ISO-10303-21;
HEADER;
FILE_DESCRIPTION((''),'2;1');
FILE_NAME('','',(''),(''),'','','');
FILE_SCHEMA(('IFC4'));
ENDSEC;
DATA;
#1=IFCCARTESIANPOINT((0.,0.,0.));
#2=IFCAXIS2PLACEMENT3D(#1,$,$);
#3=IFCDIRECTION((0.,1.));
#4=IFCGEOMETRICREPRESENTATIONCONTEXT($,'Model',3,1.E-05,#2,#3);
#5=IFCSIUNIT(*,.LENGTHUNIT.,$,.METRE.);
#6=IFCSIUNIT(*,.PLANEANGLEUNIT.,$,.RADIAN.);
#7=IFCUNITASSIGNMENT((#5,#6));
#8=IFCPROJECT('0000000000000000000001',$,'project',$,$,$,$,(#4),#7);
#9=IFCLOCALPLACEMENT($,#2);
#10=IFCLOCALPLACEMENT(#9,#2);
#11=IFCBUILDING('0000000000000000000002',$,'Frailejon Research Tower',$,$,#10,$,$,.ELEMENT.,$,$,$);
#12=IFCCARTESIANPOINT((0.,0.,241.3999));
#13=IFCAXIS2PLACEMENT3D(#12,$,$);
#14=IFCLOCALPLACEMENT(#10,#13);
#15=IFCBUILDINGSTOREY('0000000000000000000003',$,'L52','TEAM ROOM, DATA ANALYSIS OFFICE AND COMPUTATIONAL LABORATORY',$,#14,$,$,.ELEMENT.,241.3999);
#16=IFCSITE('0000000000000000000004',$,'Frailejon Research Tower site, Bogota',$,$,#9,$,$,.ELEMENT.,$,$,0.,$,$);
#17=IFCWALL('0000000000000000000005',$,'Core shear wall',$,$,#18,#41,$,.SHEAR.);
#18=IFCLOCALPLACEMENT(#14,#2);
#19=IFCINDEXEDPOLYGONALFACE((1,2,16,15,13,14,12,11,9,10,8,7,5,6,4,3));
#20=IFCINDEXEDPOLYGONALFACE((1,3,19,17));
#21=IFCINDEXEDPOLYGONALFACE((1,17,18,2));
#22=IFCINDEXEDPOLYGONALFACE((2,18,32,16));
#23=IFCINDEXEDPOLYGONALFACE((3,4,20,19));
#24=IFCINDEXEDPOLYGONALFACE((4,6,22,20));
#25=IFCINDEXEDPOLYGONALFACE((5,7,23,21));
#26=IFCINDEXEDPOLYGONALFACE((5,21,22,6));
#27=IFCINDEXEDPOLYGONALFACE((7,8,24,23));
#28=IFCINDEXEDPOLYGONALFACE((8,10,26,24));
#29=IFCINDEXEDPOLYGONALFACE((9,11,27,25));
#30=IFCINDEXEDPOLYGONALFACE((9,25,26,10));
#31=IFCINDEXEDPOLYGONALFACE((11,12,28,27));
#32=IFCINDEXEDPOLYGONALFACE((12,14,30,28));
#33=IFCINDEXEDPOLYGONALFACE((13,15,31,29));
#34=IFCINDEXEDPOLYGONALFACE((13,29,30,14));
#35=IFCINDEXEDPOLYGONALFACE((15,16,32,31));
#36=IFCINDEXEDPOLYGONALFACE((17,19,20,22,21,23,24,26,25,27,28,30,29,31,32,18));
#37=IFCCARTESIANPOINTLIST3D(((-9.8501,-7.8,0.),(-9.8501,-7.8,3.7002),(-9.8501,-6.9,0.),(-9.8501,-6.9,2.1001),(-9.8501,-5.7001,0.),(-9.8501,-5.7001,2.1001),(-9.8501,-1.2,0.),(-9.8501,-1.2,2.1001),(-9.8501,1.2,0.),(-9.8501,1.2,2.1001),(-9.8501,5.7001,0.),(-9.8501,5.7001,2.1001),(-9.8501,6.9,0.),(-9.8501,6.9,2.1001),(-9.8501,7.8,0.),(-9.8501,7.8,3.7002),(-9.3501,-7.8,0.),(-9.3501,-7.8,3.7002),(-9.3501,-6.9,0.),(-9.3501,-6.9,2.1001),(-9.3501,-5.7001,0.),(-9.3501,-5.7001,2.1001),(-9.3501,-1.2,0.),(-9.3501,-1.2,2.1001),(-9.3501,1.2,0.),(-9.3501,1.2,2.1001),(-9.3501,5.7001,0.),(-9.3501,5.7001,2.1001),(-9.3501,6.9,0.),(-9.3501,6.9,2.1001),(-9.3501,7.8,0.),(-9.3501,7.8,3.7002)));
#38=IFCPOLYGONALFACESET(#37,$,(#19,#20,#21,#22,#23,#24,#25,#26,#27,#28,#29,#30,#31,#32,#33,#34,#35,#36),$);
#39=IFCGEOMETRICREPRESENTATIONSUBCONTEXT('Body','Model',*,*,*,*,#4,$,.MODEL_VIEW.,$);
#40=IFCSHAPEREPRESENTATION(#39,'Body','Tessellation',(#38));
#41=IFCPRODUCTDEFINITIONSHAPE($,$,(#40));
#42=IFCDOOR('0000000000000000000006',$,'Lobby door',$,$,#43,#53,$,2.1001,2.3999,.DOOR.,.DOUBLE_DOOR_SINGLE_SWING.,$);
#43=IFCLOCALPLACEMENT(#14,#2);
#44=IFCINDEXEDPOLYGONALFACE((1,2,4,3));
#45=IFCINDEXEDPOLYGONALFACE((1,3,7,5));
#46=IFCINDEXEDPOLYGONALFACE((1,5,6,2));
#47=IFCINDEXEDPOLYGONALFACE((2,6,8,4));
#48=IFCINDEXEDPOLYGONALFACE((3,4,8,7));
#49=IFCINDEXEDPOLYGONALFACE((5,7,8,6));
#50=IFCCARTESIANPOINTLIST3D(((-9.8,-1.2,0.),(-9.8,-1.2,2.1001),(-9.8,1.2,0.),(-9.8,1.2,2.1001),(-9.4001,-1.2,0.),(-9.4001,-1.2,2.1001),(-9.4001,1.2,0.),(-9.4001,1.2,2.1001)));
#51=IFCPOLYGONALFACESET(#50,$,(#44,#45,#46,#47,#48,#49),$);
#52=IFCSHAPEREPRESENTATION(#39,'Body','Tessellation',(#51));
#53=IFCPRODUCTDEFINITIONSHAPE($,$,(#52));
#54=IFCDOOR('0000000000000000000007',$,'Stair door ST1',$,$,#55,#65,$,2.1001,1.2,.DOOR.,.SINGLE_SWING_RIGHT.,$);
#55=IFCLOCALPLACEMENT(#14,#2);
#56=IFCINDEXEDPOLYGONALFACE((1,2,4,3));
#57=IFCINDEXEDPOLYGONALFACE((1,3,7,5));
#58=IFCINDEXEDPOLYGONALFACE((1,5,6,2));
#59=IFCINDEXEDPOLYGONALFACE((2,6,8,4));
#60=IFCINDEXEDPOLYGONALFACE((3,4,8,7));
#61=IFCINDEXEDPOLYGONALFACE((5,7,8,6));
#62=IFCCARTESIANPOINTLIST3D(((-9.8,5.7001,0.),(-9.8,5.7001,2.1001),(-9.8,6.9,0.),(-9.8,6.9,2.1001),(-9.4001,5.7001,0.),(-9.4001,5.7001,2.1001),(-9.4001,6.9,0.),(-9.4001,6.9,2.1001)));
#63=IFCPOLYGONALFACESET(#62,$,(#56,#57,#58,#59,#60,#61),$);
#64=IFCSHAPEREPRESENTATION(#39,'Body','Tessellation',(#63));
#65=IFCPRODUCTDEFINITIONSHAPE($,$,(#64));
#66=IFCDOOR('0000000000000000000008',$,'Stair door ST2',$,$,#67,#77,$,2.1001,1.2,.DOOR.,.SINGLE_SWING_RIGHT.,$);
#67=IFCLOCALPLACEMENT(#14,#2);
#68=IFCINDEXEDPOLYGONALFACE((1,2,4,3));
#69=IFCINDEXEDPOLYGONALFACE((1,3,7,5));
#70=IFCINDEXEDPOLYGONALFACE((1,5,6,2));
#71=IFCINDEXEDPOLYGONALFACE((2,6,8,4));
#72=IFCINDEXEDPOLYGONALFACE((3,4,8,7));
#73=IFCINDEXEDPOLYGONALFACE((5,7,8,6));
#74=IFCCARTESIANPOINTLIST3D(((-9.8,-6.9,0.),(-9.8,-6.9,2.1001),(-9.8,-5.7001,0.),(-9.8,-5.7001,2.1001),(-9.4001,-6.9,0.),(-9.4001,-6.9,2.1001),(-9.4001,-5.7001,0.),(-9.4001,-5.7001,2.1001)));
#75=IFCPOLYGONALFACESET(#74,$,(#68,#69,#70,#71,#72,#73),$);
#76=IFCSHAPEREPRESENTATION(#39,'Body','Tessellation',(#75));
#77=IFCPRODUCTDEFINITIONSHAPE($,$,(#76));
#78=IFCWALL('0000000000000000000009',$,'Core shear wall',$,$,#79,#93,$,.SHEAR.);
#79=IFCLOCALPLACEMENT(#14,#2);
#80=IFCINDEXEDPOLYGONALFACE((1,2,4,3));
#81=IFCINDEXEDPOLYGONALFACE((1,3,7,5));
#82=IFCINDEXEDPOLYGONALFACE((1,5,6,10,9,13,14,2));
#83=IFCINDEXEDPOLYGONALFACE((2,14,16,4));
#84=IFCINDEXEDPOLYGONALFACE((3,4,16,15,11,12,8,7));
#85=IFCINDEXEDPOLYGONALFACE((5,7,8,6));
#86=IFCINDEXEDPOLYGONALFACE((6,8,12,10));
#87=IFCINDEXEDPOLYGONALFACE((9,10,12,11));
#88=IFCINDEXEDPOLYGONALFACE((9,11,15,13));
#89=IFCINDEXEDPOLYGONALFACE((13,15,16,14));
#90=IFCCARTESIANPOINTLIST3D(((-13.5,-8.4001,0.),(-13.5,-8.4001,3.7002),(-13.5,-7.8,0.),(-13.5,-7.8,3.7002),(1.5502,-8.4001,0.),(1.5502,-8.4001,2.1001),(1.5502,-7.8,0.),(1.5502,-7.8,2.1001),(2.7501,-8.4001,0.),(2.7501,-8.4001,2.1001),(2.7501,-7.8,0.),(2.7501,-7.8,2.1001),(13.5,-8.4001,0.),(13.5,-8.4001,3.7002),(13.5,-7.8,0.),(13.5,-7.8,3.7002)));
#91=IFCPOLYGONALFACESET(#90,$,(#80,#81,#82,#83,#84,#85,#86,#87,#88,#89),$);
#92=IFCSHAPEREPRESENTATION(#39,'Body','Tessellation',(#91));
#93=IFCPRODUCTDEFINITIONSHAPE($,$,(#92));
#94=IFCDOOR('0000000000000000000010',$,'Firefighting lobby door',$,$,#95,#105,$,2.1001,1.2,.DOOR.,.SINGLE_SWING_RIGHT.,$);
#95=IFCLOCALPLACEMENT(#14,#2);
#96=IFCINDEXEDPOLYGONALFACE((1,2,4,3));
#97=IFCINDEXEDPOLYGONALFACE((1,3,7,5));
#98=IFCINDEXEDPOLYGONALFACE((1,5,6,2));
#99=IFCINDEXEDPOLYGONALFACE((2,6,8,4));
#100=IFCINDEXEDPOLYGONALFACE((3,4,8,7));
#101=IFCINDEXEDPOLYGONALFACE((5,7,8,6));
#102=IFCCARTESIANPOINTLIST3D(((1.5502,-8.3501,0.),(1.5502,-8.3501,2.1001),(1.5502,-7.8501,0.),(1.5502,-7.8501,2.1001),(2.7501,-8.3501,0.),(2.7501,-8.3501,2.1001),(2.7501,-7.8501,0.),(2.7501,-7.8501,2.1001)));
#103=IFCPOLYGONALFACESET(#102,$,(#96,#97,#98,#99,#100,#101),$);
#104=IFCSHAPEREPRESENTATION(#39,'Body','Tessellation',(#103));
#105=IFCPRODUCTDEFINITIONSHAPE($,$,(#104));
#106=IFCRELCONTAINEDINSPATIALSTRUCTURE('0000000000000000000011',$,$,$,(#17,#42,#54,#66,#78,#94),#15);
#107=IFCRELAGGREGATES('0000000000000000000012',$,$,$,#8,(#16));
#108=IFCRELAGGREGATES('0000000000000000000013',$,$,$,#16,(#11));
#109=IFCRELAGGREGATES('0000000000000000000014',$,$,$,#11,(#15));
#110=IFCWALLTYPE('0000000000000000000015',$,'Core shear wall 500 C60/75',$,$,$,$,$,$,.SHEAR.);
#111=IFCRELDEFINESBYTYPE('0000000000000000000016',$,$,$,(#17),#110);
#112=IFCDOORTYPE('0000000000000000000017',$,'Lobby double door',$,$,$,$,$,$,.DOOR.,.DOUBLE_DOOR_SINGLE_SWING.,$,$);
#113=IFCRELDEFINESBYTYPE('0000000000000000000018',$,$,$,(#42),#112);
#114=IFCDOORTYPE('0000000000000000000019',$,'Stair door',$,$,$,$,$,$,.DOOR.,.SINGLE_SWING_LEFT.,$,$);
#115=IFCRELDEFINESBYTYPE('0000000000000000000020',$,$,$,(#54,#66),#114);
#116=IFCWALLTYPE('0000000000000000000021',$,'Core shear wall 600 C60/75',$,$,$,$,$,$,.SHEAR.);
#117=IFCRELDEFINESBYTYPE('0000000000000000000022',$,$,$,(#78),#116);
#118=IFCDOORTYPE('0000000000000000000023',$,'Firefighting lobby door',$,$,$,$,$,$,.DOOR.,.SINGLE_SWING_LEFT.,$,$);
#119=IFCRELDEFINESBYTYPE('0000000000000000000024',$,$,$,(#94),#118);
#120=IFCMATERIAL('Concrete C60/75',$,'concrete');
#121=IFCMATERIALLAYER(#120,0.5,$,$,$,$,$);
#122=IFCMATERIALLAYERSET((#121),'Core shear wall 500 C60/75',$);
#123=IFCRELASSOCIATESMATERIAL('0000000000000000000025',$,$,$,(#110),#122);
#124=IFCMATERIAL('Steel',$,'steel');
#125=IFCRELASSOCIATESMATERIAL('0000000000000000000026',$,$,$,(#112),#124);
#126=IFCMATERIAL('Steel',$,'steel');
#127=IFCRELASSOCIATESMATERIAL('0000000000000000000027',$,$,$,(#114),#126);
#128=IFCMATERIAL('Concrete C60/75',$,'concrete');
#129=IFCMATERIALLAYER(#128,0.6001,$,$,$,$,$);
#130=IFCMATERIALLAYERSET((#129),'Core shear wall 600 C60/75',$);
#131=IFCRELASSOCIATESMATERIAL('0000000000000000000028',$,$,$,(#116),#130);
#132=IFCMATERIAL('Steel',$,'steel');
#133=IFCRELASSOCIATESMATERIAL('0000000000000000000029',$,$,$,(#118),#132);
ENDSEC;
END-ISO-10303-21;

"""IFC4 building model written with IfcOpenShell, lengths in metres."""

from ifc_helpers import new_model, si_unit, direction, frame, frame_2d, origin, place, context, subcontext, project, spatial, rectangle, extrude, material, layer, layer_set, type_object, element, fill, save


model = new_model("IFC4")

# Units and contexts
model_context = context("Model", 3, precision=1e-05, world=origin(), true_north=direction((0.0, 1.0)))
body_context = subcontext(model_context, "Body", "Model", "MODEL_VIEW")
ifc_project = project(units=[si_unit("LENGTHUNIT", "METRE"), si_unit("PLANEANGLEUNIT", "RADIAN")], contexts=[model_context])

# Site, building, storey
site_placement = place(None, origin())
site = spatial("IfcSite", under=ifc_project, at=site_placement, Name="Frailejon Research Tower site, Bogota", CompositionType="ELEMENT", RefElevation=0.0)
building_placement = place(site_placement, origin())
building = spatial("IfcBuilding", under=site, at=building_placement, Name="Frailejon Research Tower", CompositionType="ELEMENT")
storey_placement = place(building_placement, frame((0.0, 0.0, 241.3999)))
storey = spatial("IfcBuildingStorey", under=building, at=storey_placement, Name="L52", Description="TEAM ROOM, DATA ANALYSIS OFFICE AND COMPUTATIONAL LABORATORY", CompositionType="ELEMENT", Elevation=241.3999)

# Wall, openings, doors
ifc_material_1 = material(Name="Concrete C60/75", Category="concrete")
ifc_layer_1 = layer(ifc_material_1, 0.5)
ifc_layer_set_1 = layer_set([ifc_layer_1], Name="Core shear wall 500 C60/75")
wall_type_1 = type_object("IfcWallType", Name="Core shear wall 500 C60/75", PredefinedType="SHEAR", material=ifc_layer_set_1)
wall_1_placement = place(storey_placement, frame((-9.6001, -7.8, 0.0), z_axis=(0.0, 0.0, 1.0), x_axis=(0.0, 1.0, 0.0)))
wall_1 = element("IfcWall", 1, at=wall_1_placement, inside=storey, type_object=wall_type_1, Name="Core shear wall", PredefinedType="SHEAR", context=body_context, shape_type="SweptSolid", body=[
    extrude(rectangle(XDim=15.6001, YDim=0.5, at=frame_2d((7.8, 0.0))), origin(), (0.0, 0.0, 1.0), 3.7002),
])
opening_1_placement = place(wall_1_placement, frame((6.6001, 0.0, 0.0)))
opening_1 = element("IfcOpeningElement", 2, at=opening_1_placement, cuts=wall_1, PredefinedType="OPENING", context=body_context, shape_type="SweptSolid", body=[
    extrude(rectangle(XDim=2.3999, YDim=2.1001, at=frame_2d((1.2, 1.05))), frame((0.0, 0.26, 0.0), z_axis=(0.0, -1.0, 0.0), x_axis=(1.0, 0.0, 0.0)), (0.0, 0.0, 1.0), 0.52),
])
opening_2_placement = place(wall_1_placement, frame((13.5, 0.0, 0.0)))
opening_2 = element("IfcOpeningElement", 3, at=opening_2_placement, cuts=wall_1, PredefinedType="OPENING", context=body_context, shape_type="SweptSolid", body=[
    extrude(rectangle(XDim=1.2, YDim=2.1001, at=frame_2d((0.6001, 1.05))), frame((0.0, 0.26, 0.0), z_axis=(0.0, -1.0, 0.0), x_axis=(1.0, 0.0, 0.0)), (0.0, 0.0, 1.0), 0.52),
])
opening_3_placement = place(wall_1_placement, frame((0.8999, 0.0, 0.0)))
opening_3 = element("IfcOpeningElement", 4, at=opening_3_placement, cuts=wall_1, PredefinedType="OPENING", context=body_context, shape_type="SweptSolid", body=[
    extrude(rectangle(XDim=1.2, YDim=2.1001, at=frame_2d((0.6001, 1.05))), frame((0.0, 0.26, 0.0), z_axis=(0.0, -1.0, 0.0), x_axis=(1.0, 0.0, 0.0)), (0.0, 0.0, 1.0), 0.52),
])
ifc_material_2 = material(Name="Steel", Category="steel")
door_type_1 = type_object("IfcDoorType", Name="Lobby double door", OperationType="DOUBLE_DOOR_SINGLE_SWING", PredefinedType="DOOR", material=ifc_material_2)
door_1_placement = place(opening_1_placement, origin())
door_1 = element("IfcDoor", 5, at=door_1_placement, inside=storey, type_object=door_type_1, Name="Lobby door", OperationType="DOUBLE_DOOR_SINGLE_SWING", OverallHeight=2.1001, OverallWidth=2.3999, PredefinedType="DOOR", context=body_context, shape_type="SweptSolid", body=[
    extrude(rectangle(XDim=2.3999, YDim=2.1001, at=frame_2d((1.2, 1.05))), frame((0.0, 0.2, 0.0), z_axis=(0.0, -1.0, 0.0), x_axis=(1.0, 0.0, 0.0)), (0.0, 0.0, 1.0), 0.3999),
])
fill(opening_1, door_1)
ifc_material_3 = material(Name="Steel", Category="steel")
door_type_2 = type_object("IfcDoorType", Name="Stair door", OperationType="SINGLE_SWING_LEFT", PredefinedType="DOOR", material=ifc_material_3)
door_2_placement = place(opening_2_placement, origin())
door_2 = element("IfcDoor", 6, at=door_2_placement, inside=storey, type_object=door_type_2, Name="Stair door ST1", OperationType="SINGLE_SWING_RIGHT", OverallHeight=2.1001, OverallWidth=1.2, PredefinedType="DOOR", context=body_context, shape_type="SweptSolid", body=[
    extrude(rectangle(XDim=1.2, YDim=2.1001, at=frame_2d((0.6001, 1.05))), frame((0.0, 0.2, 0.0), z_axis=(0.0, -1.0, 0.0), x_axis=(1.0, 0.0, 0.0)), (0.0, 0.0, 1.0), 0.3999),
])
fill(opening_2, door_2)
door_3_placement = place(opening_3_placement, origin())
door_3 = element("IfcDoor", 7, at=door_3_placement, inside=storey, type_object=door_type_2, Name="Stair door ST2", OperationType="SINGLE_SWING_RIGHT", OverallHeight=2.1001, OverallWidth=1.2, PredefinedType="DOOR", context=body_context, shape_type="SweptSolid", body=[
    extrude(rectangle(XDim=1.2, YDim=2.1001, at=frame_2d((0.6001, 1.05))), frame((0.0, 0.2, 0.0), z_axis=(0.0, -1.0, 0.0), x_axis=(1.0, 0.0, 0.0)), (0.0, 0.0, 1.0), 0.3999),
])
fill(opening_3, door_3)

# Wall, opening, door
ifc_material_4 = material(Name="Concrete C60/75", Category="concrete")
ifc_layer_2 = layer(ifc_material_4, 0.6001)
ifc_layer_set_2 = layer_set([ifc_layer_2], Name="Core shear wall 600 C60/75")
wall_type_2 = type_object("IfcWallType", Name="Core shear wall 600 C60/75", PredefinedType="SHEAR", material=ifc_layer_set_2)
wall_2_placement = place(storey_placement, frame((-13.5, -8.1001, 0.0), z_axis=(0.0, 0.0, 1.0), x_axis=(1.0, 0.0, 0.0)))
wall_2 = element("IfcWall", 8, at=wall_2_placement, inside=storey, type_object=wall_type_2, Name="Core shear wall", PredefinedType="SHEAR", context=body_context, shape_type="SweptSolid", body=[
    extrude(rectangle(XDim=27.0, YDim=0.6001, at=frame_2d((13.5, 0.0))), origin(), (0.0, 0.0, 1.0), 3.7002),
])
opening_4_placement = place(wall_2_placement, frame((15.05, 0.0, 0.0)))
opening_4 = element("IfcOpeningElement", 9, at=opening_4_placement, cuts=wall_2, PredefinedType="OPENING", context=body_context, shape_type="SweptSolid", body=[
    extrude(rectangle(XDim=1.2, YDim=2.1001, at=frame_2d((0.6001, 1.05))), frame((0.0, 0.3101, 0.0), z_axis=(0.0, -1.0, 0.0), x_axis=(1.0, 0.0, 0.0)), (0.0, 0.0, 1.0), 0.6201),
])
ifc_material_5 = material(Name="Steel", Category="steel")
door_type_3 = type_object("IfcDoorType", Name="Firefighting lobby door", OperationType="SINGLE_SWING_LEFT", PredefinedType="DOOR", material=ifc_material_5)
door_4_placement = place(opening_4_placement, origin())
door_4 = element("IfcDoor", 10, at=door_4_placement, inside=storey, type_object=door_type_3, Name="Firefighting lobby door", OperationType="SINGLE_SWING_RIGHT", OverallHeight=2.1001, OverallWidth=1.2, PredefinedType="DOOR", context=body_context, shape_type="SweptSolid", body=[
    extrude(rectangle(XDim=1.2, YDim=2.1001, at=frame_2d((0.6001, 1.05))), frame((0.0, 0.25, 0.0), z_axis=(0.0, -1.0, 0.0), x_axis=(1.0, 0.0, 0.0)), (0.0, 0.0, 1.0), 0.5),
])
fill(opening_4, door_4)

save(model, "model.ifc")
